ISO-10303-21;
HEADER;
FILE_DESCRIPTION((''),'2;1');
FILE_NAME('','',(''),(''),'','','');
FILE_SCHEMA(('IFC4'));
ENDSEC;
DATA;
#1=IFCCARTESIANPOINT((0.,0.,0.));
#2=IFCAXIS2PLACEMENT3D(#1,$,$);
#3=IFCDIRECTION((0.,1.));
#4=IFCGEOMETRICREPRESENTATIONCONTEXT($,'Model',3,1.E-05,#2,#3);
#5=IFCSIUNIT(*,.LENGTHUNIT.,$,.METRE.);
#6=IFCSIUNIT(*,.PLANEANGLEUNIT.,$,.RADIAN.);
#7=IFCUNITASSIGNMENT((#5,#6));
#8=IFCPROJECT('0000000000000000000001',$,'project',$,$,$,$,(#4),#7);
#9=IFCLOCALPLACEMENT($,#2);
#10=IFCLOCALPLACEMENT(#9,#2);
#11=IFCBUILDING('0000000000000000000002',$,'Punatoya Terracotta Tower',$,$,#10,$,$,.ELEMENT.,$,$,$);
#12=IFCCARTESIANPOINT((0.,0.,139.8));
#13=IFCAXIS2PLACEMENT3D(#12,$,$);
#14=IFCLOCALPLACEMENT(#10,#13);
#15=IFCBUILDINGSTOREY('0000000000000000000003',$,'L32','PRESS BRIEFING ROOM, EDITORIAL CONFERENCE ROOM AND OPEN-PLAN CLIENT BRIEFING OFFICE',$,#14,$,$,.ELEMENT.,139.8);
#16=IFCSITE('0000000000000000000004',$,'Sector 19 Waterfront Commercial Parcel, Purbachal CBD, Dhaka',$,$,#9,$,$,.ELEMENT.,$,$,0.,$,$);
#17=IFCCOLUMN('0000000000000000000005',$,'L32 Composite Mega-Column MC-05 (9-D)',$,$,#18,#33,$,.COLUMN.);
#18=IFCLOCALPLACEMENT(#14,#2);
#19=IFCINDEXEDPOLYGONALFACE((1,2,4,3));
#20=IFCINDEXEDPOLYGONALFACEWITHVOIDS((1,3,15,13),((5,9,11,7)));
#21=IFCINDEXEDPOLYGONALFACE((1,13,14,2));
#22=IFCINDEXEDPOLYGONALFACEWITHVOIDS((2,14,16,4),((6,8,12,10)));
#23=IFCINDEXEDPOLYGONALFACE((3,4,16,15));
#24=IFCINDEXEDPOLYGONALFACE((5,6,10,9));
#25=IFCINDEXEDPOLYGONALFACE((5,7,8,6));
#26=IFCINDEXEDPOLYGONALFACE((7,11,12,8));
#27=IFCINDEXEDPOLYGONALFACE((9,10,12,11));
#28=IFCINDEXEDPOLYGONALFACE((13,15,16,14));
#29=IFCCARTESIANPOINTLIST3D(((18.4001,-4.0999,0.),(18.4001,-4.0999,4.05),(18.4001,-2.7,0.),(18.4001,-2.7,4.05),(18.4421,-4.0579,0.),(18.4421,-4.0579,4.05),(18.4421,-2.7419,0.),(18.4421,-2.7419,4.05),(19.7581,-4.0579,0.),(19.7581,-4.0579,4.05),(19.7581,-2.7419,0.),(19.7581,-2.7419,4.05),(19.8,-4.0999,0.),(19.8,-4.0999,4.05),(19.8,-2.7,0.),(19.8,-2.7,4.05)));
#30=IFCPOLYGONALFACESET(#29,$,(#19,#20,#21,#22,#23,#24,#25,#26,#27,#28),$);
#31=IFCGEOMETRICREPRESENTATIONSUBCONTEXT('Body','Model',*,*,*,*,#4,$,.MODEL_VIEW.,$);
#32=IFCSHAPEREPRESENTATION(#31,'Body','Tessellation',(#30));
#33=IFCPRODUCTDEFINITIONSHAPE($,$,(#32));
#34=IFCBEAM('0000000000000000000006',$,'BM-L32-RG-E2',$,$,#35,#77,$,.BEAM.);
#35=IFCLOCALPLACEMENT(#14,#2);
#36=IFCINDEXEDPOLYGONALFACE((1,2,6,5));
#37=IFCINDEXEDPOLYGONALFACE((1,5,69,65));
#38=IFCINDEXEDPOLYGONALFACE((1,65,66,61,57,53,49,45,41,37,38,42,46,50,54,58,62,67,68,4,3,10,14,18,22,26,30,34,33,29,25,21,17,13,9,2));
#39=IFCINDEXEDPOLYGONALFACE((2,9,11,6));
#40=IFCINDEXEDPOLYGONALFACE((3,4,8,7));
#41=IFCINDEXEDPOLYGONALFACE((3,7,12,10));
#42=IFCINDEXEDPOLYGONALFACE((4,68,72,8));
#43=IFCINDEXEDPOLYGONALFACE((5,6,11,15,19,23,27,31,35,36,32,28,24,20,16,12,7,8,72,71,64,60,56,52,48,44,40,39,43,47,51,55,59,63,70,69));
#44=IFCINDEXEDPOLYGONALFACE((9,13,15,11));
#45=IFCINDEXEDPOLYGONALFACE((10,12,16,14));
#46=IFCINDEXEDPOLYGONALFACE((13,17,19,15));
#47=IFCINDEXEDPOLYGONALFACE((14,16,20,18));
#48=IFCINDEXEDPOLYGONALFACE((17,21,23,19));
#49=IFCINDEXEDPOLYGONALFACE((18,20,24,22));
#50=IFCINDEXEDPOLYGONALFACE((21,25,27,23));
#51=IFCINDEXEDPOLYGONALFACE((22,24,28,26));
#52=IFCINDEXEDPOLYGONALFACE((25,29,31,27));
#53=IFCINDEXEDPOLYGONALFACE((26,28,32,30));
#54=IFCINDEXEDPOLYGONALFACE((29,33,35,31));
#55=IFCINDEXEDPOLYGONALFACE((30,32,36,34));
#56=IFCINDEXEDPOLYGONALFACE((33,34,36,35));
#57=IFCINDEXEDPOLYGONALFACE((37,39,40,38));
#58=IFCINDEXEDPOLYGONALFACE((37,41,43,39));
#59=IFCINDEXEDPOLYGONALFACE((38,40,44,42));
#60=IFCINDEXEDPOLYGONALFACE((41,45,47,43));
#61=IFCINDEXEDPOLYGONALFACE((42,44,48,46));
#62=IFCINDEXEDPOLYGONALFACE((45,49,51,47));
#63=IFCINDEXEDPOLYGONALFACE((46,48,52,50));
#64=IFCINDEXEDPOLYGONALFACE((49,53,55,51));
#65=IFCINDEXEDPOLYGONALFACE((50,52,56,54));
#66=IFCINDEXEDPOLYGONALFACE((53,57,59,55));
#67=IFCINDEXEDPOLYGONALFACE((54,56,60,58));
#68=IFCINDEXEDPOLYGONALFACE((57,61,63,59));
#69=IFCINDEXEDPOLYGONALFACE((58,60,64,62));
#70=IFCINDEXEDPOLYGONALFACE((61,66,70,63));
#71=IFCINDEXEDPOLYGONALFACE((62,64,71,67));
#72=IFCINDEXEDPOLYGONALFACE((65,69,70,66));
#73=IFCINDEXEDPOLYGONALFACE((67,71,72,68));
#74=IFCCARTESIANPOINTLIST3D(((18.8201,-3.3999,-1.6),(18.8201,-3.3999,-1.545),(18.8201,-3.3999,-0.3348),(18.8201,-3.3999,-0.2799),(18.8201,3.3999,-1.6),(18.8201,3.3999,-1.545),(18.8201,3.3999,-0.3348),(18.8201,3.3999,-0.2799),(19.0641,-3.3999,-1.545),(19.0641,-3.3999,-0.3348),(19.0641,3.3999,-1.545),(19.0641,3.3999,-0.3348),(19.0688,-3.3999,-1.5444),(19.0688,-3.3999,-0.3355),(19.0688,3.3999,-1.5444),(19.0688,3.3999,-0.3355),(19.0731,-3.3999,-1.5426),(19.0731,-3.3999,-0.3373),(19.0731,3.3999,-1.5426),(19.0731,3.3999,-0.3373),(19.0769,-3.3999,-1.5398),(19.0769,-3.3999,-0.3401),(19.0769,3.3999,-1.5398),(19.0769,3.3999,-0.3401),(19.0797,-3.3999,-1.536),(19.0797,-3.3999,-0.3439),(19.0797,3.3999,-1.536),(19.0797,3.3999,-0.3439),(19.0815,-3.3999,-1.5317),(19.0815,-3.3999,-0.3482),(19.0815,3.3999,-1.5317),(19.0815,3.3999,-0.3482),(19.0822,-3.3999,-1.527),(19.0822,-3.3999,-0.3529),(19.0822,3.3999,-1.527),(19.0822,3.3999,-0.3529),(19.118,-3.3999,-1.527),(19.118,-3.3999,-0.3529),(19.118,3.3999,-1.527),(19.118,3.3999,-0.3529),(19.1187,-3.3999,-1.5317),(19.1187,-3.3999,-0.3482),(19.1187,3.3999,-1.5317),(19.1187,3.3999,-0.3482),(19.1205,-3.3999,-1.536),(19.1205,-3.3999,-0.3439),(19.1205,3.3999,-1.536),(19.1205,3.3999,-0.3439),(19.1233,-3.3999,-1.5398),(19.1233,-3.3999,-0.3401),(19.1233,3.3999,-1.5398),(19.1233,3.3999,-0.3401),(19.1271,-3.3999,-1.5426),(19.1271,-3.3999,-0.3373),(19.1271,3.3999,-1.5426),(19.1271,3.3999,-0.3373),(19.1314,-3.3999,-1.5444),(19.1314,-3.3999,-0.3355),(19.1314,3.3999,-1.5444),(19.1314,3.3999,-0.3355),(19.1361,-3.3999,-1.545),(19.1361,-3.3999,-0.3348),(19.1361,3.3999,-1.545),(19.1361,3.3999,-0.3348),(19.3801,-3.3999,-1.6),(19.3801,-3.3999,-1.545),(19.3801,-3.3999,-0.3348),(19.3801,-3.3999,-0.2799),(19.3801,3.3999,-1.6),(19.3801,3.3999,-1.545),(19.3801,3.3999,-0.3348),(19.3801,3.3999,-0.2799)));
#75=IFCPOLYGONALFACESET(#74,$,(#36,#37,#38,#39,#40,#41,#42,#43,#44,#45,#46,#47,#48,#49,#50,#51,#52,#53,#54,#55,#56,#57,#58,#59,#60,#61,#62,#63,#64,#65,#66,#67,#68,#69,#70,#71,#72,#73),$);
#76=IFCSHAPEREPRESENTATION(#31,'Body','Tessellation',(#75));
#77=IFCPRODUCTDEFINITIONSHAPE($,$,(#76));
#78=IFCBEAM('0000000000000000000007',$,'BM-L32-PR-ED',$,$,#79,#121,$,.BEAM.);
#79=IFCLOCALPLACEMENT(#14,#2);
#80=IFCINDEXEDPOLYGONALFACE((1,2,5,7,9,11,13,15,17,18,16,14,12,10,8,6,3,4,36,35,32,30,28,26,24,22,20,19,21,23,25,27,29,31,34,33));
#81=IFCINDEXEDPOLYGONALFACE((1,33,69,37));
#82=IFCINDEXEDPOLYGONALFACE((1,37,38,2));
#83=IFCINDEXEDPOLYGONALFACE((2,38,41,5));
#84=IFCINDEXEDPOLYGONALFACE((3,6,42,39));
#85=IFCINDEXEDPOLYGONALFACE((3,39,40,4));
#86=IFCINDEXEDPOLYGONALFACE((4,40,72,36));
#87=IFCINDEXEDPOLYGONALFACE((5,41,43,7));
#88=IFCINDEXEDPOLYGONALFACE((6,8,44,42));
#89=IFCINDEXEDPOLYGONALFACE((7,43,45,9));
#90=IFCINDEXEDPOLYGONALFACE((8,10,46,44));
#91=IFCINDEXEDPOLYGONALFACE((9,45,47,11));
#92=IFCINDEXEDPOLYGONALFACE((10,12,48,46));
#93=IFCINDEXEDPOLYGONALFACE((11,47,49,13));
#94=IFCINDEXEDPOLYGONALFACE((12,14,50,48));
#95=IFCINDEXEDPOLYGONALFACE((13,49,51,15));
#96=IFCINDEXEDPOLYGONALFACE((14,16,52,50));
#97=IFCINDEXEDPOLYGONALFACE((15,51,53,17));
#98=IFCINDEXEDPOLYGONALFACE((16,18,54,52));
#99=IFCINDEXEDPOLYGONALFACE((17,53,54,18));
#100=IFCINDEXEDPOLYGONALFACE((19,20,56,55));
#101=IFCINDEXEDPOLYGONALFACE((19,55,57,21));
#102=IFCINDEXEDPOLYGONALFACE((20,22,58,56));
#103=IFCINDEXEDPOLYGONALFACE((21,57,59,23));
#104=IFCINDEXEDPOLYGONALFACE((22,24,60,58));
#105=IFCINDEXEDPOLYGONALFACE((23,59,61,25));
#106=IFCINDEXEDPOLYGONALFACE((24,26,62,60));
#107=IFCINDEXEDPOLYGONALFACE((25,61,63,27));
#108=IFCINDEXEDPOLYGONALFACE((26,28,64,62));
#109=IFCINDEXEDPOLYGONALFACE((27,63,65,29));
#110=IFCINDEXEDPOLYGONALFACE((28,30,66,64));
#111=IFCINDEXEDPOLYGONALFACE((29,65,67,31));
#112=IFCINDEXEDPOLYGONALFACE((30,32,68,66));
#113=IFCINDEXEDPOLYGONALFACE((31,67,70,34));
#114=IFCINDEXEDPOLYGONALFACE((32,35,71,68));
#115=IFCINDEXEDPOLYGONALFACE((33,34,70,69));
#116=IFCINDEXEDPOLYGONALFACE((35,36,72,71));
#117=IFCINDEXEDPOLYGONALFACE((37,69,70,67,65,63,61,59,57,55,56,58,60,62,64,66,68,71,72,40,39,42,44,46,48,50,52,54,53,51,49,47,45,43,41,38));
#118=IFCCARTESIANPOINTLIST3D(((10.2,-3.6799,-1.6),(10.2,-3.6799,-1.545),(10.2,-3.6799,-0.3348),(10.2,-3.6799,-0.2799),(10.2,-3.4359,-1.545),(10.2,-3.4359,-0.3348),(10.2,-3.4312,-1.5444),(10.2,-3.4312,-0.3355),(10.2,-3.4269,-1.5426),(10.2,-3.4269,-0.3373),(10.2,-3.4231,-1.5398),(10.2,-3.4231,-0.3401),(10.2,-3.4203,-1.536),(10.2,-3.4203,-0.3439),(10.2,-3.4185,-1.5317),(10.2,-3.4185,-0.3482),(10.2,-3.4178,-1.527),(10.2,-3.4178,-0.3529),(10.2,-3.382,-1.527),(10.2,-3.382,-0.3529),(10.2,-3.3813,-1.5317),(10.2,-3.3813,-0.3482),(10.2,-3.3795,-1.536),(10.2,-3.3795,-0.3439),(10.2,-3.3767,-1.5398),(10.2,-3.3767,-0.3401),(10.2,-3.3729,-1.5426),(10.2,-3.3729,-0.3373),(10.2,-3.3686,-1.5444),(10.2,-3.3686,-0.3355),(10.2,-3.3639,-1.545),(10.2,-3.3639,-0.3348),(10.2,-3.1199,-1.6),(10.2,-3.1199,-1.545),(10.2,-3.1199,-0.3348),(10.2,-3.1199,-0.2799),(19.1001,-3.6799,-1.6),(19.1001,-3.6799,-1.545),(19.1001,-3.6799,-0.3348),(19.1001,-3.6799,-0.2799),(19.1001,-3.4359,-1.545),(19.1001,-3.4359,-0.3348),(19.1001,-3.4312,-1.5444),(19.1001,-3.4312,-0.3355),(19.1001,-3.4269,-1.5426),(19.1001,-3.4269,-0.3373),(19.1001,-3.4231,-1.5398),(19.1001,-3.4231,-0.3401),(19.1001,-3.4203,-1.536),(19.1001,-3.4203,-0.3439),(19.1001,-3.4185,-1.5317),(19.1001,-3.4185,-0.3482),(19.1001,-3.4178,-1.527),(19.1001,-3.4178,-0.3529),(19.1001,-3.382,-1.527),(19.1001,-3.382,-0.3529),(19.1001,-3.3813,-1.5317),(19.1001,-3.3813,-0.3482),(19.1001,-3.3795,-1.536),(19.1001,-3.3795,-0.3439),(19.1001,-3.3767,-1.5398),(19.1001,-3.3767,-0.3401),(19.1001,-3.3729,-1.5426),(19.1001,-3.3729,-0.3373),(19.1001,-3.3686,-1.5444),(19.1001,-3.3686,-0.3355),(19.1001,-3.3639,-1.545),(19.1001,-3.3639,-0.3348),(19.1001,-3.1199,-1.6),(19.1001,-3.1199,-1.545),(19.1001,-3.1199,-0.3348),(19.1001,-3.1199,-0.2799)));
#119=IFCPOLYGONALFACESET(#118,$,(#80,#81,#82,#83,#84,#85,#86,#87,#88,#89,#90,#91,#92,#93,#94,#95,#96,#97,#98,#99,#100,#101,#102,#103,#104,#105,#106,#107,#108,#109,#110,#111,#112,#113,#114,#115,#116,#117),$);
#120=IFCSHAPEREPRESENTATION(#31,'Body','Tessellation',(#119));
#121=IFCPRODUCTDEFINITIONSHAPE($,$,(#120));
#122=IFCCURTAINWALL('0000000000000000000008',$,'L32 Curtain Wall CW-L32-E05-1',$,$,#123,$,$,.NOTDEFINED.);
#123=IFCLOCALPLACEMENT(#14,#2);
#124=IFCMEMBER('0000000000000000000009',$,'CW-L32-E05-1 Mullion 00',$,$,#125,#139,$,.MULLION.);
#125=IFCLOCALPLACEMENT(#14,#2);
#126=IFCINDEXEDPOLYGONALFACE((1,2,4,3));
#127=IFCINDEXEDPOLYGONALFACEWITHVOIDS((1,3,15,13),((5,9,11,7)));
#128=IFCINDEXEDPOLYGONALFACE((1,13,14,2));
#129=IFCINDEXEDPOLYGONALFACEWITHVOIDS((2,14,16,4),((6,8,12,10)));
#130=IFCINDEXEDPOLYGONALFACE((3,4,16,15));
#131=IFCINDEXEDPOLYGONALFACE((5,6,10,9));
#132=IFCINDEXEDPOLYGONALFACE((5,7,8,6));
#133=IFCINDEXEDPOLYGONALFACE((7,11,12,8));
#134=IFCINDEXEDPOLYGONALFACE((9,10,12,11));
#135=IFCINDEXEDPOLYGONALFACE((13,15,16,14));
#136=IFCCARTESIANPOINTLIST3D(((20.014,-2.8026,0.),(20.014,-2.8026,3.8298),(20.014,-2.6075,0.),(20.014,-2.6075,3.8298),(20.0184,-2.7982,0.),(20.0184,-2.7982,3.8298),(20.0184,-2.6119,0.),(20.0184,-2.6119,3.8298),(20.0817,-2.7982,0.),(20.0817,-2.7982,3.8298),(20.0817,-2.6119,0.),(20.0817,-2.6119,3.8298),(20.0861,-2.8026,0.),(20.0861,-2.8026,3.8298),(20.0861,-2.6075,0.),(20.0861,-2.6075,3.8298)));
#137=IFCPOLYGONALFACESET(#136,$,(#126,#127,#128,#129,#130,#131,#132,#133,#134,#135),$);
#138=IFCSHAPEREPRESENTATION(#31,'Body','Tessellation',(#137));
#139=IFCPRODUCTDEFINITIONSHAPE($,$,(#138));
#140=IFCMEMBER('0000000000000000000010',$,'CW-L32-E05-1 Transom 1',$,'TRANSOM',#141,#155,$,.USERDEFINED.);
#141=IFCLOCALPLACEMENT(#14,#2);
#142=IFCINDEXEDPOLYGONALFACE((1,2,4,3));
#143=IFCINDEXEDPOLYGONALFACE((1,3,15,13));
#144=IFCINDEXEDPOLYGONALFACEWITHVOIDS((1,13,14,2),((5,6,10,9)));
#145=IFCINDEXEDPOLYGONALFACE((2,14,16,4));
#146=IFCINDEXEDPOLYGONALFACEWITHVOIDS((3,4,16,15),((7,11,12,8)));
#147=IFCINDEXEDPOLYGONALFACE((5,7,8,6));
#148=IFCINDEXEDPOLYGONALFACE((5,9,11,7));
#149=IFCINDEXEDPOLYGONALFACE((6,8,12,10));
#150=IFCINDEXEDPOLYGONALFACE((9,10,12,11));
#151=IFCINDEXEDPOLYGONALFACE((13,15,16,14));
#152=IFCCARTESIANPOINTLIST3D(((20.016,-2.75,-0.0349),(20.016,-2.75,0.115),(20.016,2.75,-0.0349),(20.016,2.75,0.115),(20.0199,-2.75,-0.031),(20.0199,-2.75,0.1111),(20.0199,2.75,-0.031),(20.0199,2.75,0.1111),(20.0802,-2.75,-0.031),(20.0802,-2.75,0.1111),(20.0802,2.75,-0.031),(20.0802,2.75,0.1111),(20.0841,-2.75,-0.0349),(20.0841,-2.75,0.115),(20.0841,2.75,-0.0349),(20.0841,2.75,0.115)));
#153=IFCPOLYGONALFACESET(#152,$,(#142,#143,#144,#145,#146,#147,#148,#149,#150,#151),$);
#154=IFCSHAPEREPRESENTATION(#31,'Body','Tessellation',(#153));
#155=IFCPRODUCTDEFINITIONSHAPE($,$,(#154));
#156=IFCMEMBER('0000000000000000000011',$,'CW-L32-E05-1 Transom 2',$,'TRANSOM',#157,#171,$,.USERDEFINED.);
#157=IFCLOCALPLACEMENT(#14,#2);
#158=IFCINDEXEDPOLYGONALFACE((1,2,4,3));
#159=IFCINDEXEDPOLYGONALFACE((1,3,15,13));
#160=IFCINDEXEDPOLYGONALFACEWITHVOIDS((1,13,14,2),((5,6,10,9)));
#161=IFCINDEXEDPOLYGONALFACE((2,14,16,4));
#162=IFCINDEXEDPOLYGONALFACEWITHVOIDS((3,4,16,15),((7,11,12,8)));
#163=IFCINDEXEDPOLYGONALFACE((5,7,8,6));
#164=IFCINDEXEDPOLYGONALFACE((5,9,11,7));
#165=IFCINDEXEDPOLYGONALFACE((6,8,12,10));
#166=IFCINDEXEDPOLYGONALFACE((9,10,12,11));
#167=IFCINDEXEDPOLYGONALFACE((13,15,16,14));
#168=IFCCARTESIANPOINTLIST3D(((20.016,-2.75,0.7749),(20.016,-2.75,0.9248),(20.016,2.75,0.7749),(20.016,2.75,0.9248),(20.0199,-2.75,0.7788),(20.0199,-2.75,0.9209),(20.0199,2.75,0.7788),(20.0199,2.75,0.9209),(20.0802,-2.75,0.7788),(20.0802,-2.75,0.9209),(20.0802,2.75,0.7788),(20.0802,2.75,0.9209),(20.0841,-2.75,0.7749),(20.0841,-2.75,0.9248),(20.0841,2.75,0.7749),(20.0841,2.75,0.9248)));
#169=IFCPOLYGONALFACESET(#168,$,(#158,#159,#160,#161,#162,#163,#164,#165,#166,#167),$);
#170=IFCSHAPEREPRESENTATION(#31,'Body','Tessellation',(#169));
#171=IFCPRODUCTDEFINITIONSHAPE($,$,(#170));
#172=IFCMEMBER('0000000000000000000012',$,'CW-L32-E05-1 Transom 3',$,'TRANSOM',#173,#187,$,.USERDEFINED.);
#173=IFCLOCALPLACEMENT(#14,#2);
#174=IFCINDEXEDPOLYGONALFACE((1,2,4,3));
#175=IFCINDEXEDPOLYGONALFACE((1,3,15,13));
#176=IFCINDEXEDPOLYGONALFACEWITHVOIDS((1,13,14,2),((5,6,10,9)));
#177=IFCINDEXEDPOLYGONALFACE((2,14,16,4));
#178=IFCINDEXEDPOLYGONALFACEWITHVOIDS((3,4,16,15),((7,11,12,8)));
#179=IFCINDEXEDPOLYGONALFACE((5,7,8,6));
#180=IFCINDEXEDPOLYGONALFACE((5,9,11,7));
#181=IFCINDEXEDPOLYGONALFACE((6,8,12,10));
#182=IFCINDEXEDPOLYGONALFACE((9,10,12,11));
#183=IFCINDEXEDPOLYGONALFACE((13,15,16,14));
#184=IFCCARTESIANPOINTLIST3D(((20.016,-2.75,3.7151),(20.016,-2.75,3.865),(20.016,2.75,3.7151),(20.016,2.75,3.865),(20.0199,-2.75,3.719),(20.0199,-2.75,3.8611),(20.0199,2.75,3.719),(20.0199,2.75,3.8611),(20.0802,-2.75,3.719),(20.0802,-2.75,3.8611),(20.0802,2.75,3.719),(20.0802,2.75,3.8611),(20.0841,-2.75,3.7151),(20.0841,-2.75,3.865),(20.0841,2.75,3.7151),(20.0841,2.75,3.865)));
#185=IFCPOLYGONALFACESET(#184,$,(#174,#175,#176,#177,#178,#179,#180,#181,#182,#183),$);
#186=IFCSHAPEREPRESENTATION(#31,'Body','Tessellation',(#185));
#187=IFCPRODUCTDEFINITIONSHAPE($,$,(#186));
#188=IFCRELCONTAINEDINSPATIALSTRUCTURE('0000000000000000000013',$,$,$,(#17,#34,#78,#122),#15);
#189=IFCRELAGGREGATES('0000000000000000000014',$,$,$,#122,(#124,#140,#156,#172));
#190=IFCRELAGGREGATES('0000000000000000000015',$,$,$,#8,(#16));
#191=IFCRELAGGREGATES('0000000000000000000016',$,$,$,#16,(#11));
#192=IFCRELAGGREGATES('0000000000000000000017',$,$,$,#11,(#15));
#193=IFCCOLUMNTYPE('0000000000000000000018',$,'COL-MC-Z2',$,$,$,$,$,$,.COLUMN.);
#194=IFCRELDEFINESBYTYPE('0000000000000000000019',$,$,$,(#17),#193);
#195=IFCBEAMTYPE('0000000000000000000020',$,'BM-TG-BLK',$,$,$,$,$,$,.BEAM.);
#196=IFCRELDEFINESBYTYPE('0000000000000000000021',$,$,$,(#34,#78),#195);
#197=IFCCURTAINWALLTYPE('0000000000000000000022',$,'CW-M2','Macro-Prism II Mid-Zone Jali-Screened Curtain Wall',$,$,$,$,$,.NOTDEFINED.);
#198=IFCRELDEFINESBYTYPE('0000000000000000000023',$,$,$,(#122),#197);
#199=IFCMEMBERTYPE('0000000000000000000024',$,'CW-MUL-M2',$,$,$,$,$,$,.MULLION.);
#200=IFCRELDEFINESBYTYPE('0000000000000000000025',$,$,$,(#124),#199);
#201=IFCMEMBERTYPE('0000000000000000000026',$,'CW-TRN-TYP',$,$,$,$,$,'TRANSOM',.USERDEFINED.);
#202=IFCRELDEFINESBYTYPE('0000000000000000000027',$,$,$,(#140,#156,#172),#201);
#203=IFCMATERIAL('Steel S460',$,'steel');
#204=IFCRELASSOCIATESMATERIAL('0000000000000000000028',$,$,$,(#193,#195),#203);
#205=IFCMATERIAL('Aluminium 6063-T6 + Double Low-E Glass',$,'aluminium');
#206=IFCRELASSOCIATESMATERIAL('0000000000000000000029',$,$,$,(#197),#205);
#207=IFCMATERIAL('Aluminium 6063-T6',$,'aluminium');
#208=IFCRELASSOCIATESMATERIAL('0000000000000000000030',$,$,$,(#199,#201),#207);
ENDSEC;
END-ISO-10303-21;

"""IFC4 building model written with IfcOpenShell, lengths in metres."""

from ifc_helpers import new_model, si_unit, direction, frame, origin, origin_2d, place, context, subcontext, project, spatial, hollow_rectangle, i_section, extrude, material, material_profile, profile_set, type_object, element, aggregate, save


model = new_model("IFC4")

# Units and contexts
model_context = context("Model", 3, precision=1e-05, world=origin(), true_north=direction((0.0, 1.0)))
body_context = subcontext(model_context, "Body", "Model", "MODEL_VIEW")
ifc_project = project(units=[si_unit("LENGTHUNIT", "METRE"), si_unit("PLANEANGLEUNIT", "RADIAN")], contexts=[model_context])

# Site, building, storey
site_placement = place(None, origin())
site = spatial("IfcSite", under=ifc_project, at=site_placement, Name="Sector 19 Waterfront Commercial Parcel, Purbachal CBD, Dhaka", CompositionType="ELEMENT", RefElevation=0.0)
building_placement = place(site_placement, origin())
building = spatial("IfcBuilding", under=site, at=building_placement, Name="Punatoya Terracotta Tower", CompositionType="ELEMENT")
storey_placement = place(building_placement, frame((0.0, 0.0, 139.8)))
storey = spatial("IfcBuildingStorey", under=building, at=storey_placement, Name="L32", Description="PRESS BRIEFING ROOM, EDITORIAL CONFERENCE ROOM AND OPEN-PLAN CLIENT BRIEFING OFFICE", CompositionType="ELEMENT", Elevation=139.8)

# Column
ifc_material_1 = material(Name="Steel S460", Category="steel")
ifc_material_profile_1 = material_profile(ifc_material_1, hollow_rectangle(XDim=1.3999, YDim=1.3999, WallThickness=0.042, at=origin_2d()))
ifc_profile_set_1 = profile_set([ifc_material_profile_1], Name="Steel S460")
column_type = type_object("IfcColumnType", Name="COL-MC-Z2", PredefinedType="COLUMN", material=ifc_profile_set_1)
column_placement = place(storey_placement, frame((19.1001, -3.3999, 0.0), z_axis=(0.0, 0.0, 1.0), x_axis=(1.0, 0.0, 0.0)))
element("IfcColumn", 1, at=column_placement, inside=storey, type_object=column_type, Name="L32 Composite Mega-Column MC-05 (9-D)", PredefinedType="COLUMN", context=body_context, shape_type="SweptSolid", body=[
    extrude(hollow_rectangle(XDim=1.3999, YDim=1.3999, WallThickness=0.042, at=origin_2d()), origin(), (0.0, 0.0, 1.0), 4.05),
])

# Beams
ifc_material_profile_2 = material_profile(ifc_material_1, i_section(OverallWidth=0.5601, OverallDepth=1.3201, WebThickness=0.0359, FlangeThickness=0.0549, FilletRadius=0.0181, at=origin_2d()))
ifc_profile_set_2 = profile_set([ifc_material_profile_2], Name="Steel S460")
beam_type = type_object("IfcBeamType", Name="BM-TG-BLK", PredefinedType="BEAM", material=ifc_profile_set_2)
beam_1_placement = place(storey_placement, frame((19.1001, -3.3999, -0.9399), z_axis=(0.0, 1.0, 0.0), x_axis=(-1.0, 0.0, 0.0)))
element("IfcBeam", 2, at=beam_1_placement, inside=storey, type_object=beam_type, Name="BM-L32-RG-E2", PredefinedType="BEAM", context=body_context, shape_type="SweptSolid", body=[
    extrude(i_section(OverallWidth=0.5601, OverallDepth=1.3201, WebThickness=0.0359, FlangeThickness=0.0549, FilletRadius=0.0181, at=origin_2d()), origin(), (0.0, 0.0, 1.0), 6.7998),
])
beam_2_placement = place(storey_placement, frame((10.2, -3.3999, -0.9399), z_axis=(1.0, 0.0, 0.0), x_axis=(0.0, 1.0, 0.0)))
element("IfcBeam", 3, at=beam_2_placement, inside=storey, type_object=beam_type, Name="BM-L32-PR-ED", PredefinedType="BEAM", context=body_context, shape_type="SweptSolid", body=[
    extrude(i_section(OverallWidth=0.5601, OverallDepth=1.3201, WebThickness=0.0359, FlangeThickness=0.0549, FilletRadius=0.0181, at=origin_2d()), origin(), (0.0, 0.0, 1.0), 8.9001),
])

# Curtain wall, members
ifc_material_2 = material(Name="Aluminium 6063-T6 + Double Low-E Glass", Category="aluminium")
curtain_wall_type = type_object("IfcCurtainWallType", Name="CW-M2", Description="Macro-Prism II Mid-Zone Jali-Screened Curtain Wall", PredefinedType="NOTDEFINED", material=ifc_material_2)
curtain_wall_placement = place(storey_placement, origin())
curtain_wall = element("IfcCurtainWall", 4, at=curtain_wall_placement, inside=storey, type_object=curtain_wall_type, Name="L32 Curtain Wall CW-L32-E05-1", PredefinedType="NOTDEFINED")
ifc_material_3 = material(Name="Aluminium 6063-T6", Category="aluminium")
ifc_material_profile_3 = material_profile(ifc_material_3, hollow_rectangle(XDim=0.072, YDim=0.1951, WallThickness=0.0044, at=origin_2d()))
ifc_profile_set_3 = profile_set([ifc_material_profile_3], Name="Aluminium 6063-T6")
member_type_1 = type_object("IfcMemberType", Name="CW-MUL-M2", PredefinedType="MULLION", material=ifc_profile_set_3)
member_1_placement = place(storey_placement, frame((20.05, -2.7051, 0.0), z_axis=(0.0, 0.0, 1.0), x_axis=(1.0, 0.0, 0.0)))
member_1 = element("IfcMember", 5, at=member_1_placement, type_object=member_type_1, Name="CW-L32-E05-1 Mullion 00", PredefinedType="MULLION", context=body_context, shape_type="SweptSolid", body=[
    extrude(hollow_rectangle(XDim=0.072, YDim=0.1951, WallThickness=0.0044, at=origin_2d()), origin(), (0.0, 0.0, 1.0), 3.8298),
])
ifc_material_profile_4 = material_profile(ifc_material_3, hollow_rectangle(XDim=0.0681, YDim=0.1499, WallThickness=0.0039, at=origin_2d()))
ifc_profile_set_4 = profile_set([ifc_material_profile_4], Name="Aluminium 6063-T6")
member_type_2 = type_object("IfcMemberType", Name="CW-TRN-TYP", ElementType="TRANSOM", PredefinedType="USERDEFINED", material=ifc_profile_set_4)
member_2_placement = place(storey_placement, frame((20.05, -2.75, 0.04), z_axis=(0.0, 1.0, 0.0), x_axis=(-1.0, 0.0, 0.0)))
member_2 = element("IfcMember", 6, at=member_2_placement, type_object=member_type_2, Name="CW-L32-E05-1 Transom 1", ObjectType="TRANSOM", PredefinedType="USERDEFINED", context=body_context, shape_type="SweptSolid", body=[
    extrude(hollow_rectangle(XDim=0.0681, YDim=0.1499, WallThickness=0.0039, at=origin_2d()), origin(), (0.0, 0.0, 1.0), 5.5),
])
member_3_placement = place(storey_placement, frame((20.05, -2.75, 0.8499), z_axis=(0.0, 1.0, 0.0), x_axis=(-1.0, 0.0, 0.0)))
member_3 = element("IfcMember", 7, at=member_3_placement, type_object=member_type_2, Name="CW-L32-E05-1 Transom 2", ObjectType="TRANSOM", PredefinedType="USERDEFINED", context=body_context, shape_type="SweptSolid", body=[
    extrude(hollow_rectangle(XDim=0.0681, YDim=0.1499, WallThickness=0.0039, at=origin_2d()), origin(), (0.0, 0.0, 1.0), 5.5),
])
member_4_placement = place(storey_placement, frame((20.05, -2.75, 3.79), z_axis=(0.0, 1.0, 0.0), x_axis=(-1.0, 0.0, 0.0)))
member_4 = element("IfcMember", 8, at=member_4_placement, type_object=member_type_2, Name="CW-L32-E05-1 Transom 3", ObjectType="TRANSOM", PredefinedType="USERDEFINED", context=body_context, shape_type="SweptSolid", body=[
    extrude(hollow_rectangle(XDim=0.0681, YDim=0.1499, WallThickness=0.0039, at=origin_2d()), origin(), (0.0, 0.0, 1.0), 5.5),
])

aggregate(curtain_wall, [member_1, member_2, member_3, member_4])

save(model, "model.ifc")
